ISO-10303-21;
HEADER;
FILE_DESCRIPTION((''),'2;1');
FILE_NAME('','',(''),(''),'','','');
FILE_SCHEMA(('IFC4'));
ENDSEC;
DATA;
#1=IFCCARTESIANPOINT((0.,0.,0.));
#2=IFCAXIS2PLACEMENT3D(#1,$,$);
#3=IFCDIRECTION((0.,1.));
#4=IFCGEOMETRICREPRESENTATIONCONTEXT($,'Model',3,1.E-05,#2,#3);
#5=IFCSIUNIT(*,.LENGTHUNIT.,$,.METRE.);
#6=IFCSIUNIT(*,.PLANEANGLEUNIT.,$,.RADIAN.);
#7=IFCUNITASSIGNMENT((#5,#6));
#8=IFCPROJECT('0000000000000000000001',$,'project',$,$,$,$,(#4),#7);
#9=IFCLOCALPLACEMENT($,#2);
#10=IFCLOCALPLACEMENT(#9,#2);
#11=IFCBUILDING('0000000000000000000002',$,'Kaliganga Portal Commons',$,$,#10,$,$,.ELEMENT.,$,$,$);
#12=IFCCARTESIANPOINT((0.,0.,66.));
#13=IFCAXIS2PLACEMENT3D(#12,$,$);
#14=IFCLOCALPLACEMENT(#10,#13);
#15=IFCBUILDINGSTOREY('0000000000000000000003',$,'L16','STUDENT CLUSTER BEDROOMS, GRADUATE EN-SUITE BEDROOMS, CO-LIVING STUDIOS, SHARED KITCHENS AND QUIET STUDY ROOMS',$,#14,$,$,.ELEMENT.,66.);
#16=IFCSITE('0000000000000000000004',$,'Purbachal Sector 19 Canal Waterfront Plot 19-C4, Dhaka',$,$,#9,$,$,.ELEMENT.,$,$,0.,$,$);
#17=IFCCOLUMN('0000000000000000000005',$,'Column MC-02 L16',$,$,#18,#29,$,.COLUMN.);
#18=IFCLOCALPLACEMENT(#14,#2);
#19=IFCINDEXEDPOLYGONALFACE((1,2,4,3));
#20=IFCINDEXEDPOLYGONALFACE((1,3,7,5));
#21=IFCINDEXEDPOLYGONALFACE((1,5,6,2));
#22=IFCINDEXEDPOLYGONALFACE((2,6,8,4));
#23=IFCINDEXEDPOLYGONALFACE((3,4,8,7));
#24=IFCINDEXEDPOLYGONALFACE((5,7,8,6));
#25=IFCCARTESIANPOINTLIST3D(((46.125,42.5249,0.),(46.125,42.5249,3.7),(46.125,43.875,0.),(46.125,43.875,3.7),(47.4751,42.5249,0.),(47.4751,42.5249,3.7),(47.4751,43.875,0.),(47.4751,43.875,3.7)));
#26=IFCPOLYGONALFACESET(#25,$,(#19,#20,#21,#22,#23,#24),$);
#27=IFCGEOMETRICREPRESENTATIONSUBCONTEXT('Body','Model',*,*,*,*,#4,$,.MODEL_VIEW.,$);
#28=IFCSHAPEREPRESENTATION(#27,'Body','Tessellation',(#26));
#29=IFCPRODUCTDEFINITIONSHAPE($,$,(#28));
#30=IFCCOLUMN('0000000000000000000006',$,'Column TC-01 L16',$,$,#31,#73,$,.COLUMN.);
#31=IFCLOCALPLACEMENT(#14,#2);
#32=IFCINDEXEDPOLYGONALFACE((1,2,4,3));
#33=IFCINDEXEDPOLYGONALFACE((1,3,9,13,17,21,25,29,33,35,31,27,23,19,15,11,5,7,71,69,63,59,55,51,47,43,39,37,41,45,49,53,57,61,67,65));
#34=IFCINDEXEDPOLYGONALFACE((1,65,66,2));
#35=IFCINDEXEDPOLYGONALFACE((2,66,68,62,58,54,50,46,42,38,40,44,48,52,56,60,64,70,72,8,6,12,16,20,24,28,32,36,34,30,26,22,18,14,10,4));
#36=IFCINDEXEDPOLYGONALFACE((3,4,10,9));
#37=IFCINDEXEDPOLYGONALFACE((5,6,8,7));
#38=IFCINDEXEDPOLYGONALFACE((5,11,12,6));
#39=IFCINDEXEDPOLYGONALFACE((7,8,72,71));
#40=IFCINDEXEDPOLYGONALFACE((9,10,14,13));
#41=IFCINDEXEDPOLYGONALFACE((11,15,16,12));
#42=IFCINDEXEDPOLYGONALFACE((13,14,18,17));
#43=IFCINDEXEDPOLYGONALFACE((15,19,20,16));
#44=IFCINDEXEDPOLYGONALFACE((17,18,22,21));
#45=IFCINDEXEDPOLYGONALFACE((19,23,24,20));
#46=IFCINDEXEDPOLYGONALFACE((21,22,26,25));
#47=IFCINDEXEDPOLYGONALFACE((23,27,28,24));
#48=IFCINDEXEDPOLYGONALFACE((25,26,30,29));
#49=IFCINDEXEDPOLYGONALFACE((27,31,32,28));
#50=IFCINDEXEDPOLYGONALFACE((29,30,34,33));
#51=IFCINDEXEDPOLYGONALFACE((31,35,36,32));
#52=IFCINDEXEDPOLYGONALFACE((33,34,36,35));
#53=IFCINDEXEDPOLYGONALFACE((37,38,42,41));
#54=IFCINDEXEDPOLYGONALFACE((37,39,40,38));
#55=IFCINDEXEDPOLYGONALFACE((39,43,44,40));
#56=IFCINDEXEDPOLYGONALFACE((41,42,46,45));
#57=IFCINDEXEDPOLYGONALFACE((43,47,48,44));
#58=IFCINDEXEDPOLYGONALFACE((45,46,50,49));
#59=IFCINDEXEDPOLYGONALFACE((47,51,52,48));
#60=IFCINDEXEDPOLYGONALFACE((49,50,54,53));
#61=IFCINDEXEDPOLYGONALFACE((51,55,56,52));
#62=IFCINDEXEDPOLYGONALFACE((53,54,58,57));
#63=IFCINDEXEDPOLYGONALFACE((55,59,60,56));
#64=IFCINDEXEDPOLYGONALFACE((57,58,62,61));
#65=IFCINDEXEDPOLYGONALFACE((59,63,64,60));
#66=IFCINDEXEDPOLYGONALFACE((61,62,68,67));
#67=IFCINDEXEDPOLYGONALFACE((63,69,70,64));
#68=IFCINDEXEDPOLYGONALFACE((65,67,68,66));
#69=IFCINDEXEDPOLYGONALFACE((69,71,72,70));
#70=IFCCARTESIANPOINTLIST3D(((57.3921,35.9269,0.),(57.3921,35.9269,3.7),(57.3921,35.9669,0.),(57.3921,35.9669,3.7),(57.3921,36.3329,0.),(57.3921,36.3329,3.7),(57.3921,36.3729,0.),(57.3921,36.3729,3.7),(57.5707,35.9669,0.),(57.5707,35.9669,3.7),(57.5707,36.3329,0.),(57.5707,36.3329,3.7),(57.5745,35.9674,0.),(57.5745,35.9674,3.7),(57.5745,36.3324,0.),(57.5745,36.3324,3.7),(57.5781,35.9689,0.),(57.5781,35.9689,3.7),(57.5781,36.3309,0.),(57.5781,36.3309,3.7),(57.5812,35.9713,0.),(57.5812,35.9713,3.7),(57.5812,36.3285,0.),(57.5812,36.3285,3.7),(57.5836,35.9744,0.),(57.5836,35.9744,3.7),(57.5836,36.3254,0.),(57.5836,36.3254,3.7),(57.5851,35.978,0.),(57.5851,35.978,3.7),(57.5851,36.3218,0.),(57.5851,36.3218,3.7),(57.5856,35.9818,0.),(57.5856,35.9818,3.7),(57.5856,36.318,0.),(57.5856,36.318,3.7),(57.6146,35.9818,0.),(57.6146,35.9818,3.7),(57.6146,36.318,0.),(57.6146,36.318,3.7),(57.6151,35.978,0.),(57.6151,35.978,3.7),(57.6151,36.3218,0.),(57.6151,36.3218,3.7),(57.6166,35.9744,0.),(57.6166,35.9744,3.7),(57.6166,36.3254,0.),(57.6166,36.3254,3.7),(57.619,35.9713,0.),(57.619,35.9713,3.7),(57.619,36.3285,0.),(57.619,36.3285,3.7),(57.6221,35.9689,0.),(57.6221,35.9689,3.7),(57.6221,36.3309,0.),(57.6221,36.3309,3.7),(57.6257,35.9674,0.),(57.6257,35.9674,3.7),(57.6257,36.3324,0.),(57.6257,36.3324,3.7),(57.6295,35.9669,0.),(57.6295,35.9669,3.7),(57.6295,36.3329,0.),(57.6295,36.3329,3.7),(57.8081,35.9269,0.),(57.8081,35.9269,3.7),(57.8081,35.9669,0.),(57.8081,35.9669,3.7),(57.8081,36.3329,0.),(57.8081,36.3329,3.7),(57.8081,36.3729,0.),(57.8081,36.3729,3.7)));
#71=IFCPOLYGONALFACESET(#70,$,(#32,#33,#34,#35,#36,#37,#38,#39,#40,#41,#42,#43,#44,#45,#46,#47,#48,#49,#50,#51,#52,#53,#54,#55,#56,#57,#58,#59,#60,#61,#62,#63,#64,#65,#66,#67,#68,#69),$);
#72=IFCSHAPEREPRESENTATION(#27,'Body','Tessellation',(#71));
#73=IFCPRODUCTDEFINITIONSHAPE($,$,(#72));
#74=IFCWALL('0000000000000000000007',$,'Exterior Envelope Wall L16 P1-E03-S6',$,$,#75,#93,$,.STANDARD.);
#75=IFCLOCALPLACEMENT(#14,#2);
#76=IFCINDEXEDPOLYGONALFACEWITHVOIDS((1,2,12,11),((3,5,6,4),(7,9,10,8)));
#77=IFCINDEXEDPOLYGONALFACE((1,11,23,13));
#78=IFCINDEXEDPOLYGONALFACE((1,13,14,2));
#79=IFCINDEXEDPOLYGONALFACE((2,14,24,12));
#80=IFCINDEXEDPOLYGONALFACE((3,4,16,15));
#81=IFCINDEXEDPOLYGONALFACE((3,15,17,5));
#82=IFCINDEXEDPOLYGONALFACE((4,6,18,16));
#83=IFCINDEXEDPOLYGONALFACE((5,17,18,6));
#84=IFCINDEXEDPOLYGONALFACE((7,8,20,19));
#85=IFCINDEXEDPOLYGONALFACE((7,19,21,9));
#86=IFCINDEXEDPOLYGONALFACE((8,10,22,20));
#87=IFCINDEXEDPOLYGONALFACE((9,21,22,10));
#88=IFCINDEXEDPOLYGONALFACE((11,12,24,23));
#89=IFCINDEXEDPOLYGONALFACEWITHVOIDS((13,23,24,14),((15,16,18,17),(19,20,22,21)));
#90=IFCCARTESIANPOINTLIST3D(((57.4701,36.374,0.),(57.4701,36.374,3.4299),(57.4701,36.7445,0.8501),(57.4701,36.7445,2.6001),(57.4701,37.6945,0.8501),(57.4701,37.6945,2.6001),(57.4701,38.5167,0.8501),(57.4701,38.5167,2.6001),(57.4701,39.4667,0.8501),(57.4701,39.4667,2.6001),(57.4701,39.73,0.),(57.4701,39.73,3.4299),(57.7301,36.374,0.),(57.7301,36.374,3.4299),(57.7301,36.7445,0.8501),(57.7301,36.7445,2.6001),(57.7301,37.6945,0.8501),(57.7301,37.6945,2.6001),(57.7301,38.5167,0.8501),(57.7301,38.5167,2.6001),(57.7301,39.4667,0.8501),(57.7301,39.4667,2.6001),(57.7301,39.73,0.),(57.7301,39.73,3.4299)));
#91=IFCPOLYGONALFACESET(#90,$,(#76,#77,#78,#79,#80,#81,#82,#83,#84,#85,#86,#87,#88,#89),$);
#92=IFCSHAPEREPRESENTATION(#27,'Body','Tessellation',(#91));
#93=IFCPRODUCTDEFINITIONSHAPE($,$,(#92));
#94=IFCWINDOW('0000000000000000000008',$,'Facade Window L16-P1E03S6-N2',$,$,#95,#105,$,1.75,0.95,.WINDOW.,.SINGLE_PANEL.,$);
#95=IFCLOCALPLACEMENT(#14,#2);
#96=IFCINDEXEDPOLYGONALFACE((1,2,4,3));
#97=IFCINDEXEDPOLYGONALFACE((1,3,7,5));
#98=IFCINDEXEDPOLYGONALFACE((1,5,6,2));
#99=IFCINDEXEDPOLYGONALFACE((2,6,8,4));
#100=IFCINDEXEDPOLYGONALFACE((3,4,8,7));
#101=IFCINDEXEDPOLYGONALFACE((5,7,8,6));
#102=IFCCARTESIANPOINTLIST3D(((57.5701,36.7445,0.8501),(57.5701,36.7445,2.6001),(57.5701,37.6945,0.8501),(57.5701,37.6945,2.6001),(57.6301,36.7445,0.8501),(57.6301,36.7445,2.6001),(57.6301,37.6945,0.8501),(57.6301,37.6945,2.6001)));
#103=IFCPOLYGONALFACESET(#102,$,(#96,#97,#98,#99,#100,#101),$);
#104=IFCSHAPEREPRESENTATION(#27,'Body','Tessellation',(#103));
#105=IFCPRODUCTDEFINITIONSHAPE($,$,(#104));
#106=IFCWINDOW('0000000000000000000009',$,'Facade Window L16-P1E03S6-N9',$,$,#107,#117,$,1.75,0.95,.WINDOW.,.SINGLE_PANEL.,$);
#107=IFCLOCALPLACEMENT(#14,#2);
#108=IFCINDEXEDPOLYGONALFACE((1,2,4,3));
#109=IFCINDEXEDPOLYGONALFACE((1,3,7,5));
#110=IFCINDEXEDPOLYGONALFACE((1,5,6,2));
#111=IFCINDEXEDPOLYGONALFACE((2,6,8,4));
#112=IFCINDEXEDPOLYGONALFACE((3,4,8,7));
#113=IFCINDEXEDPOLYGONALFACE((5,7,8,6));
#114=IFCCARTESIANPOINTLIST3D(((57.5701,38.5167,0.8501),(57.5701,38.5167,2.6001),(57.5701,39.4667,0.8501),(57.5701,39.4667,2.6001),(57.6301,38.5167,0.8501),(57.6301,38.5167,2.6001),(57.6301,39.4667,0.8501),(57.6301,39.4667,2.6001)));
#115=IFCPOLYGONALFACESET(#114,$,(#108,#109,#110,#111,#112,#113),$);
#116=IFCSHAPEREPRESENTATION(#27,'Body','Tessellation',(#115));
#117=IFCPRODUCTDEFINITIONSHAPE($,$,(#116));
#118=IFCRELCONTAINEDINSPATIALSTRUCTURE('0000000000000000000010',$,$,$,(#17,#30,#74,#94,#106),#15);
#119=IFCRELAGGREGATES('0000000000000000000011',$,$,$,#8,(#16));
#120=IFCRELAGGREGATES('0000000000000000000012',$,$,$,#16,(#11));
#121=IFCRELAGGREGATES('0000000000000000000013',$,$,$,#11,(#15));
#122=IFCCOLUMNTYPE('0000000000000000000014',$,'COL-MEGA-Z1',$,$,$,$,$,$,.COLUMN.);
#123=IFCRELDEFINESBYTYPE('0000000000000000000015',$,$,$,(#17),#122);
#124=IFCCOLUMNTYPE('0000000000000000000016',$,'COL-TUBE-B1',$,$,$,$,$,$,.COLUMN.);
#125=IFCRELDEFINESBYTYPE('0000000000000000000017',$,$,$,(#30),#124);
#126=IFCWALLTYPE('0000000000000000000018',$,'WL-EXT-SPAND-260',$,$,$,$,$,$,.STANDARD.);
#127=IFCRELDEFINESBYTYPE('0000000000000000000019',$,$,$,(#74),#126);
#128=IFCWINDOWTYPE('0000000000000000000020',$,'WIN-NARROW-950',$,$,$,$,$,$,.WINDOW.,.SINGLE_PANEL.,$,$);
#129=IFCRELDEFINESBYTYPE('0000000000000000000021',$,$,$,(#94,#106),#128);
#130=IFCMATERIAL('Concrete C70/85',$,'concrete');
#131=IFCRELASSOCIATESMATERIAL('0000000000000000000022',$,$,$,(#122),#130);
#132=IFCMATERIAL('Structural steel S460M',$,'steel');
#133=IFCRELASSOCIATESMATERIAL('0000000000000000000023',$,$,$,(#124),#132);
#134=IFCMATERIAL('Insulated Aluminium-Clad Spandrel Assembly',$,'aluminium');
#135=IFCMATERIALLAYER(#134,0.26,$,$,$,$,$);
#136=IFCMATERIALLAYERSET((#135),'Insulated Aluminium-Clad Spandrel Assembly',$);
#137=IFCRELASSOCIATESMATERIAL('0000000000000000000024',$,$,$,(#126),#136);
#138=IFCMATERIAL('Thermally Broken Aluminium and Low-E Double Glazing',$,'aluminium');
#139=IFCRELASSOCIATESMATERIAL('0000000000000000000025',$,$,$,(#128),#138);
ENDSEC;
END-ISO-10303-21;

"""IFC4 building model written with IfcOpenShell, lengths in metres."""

from ifc_helpers import new_model, si_unit, direction, frame, frame_2d, origin, origin_2d, place, context, subcontext, project, spatial, rectangle, i_section, extrude, source, transform, mapped, material, layer, layer_set, material_profile, profile_set, type_object, element, fill, save


model = new_model("IFC4")

# Units and contexts
model_context = context("Model", 3, precision=1e-05, world=origin(), true_north=direction((0.0, 1.0)))
body_context = subcontext(model_context, "Body", "Model", "MODEL_VIEW")
ifc_project = project(units=[si_unit("LENGTHUNIT", "METRE"), si_unit("PLANEANGLEUNIT", "RADIAN")], contexts=[model_context])

# Site, building, storey
site_placement = place(None, origin())
site = spatial("IfcSite", under=ifc_project, at=site_placement, Name="Purbachal Sector 19 Canal Waterfront Plot 19-C4, Dhaka", CompositionType="ELEMENT", RefElevation=0.0)
building_placement = place(site_placement, origin())
building = spatial("IfcBuilding", under=site, at=building_placement, Name="Kaliganga Portal Commons", CompositionType="ELEMENT")
storey_placement = place(building_placement, frame((0.0, 0.0, 66.0)))
storey = spatial("IfcBuildingStorey", under=building, at=storey_placement, Name="L16", Description="STUDENT CLUSTER BEDROOMS, GRADUATE EN-SUITE BEDROOMS, CO-LIVING STUDIOS, SHARED KITCHENS AND QUIET STUDY ROOMS", CompositionType="ELEMENT", Elevation=66.0)

# Columns
ifc_material_1 = material(Name="Concrete C70/85", Category="concrete")
ifc_material_profile_1 = material_profile(ifc_material_1, rectangle(XDim=1.3501, YDim=1.3501, at=origin_2d()), Name="RC 1350x1350")
ifc_profile_set_1 = profile_set([ifc_material_profile_1], Name="Concrete C70/85")
column_type_1 = type_object("IfcColumnType", Name="COL-MEGA-Z1", PredefinedType="COLUMN", material=ifc_profile_set_1)
shared_shape_1 = source(origin(), body_context, "Body", "SweptSolid", [
    extrude(rectangle(XDim=1.3501, YDim=1.3501, at=origin_2d()), origin(), (0.0, 0.0, 1.0), 3.7),
])
column_1_placement = place(storey_placement, frame((46.8, 43.2, 0.0), z_axis=(0.0, 0.0, 1.0), x_axis=(1.0, 0.0, 0.0)))
element("IfcColumn", 1, at=column_1_placement, inside=storey, type_object=column_type_1, Name="Column MC-02 L16", PredefinedType="COLUMN", context=body_context, shape_type="MappedRepresentation", body=[
    mapped(shared_shape_1, transform((0.0, 0.0, 0.0), x_axis=(1.0, 0.0, 0.0), y_axis=(0.0, 1.0, 0.0), z_axis=(0.0, 0.0, 1.0), scale=1.0)),
])
ifc_material_2 = material(Name="Structural steel S460M", Category="steel")
ifc_material_profile_2 = material_profile(ifc_material_2, i_section(OverallWidth=0.416, OverallDepth=0.446, WebThickness=0.0291, FlangeThickness=0.04, FilletRadius=0.0149, at=origin_2d()), Name="HD 400x509")
ifc_profile_set_2 = profile_set([ifc_material_profile_2], Name="Structural steel S460M wide-flange")
column_type_2 = type_object("IfcColumnType", Name="COL-TUBE-B1", PredefinedType="COLUMN", material=ifc_profile_set_2)
shared_shape_2 = source(origin(), body_context, "Body", "SweptSolid", [
    extrude(i_section(OverallWidth=0.416, OverallDepth=0.446, WebThickness=0.0291, FlangeThickness=0.04, FilletRadius=0.0149, at=origin_2d()), origin(), (0.0, 0.0, 1.0), 3.7),
])
column_2_placement = place(storey_placement, frame((57.6001, 36.1499, 0.0), z_axis=(0.0, 0.0, 1.0), x_axis=(1.0, 0.0, 0.0)))
element("IfcColumn", 2, at=column_2_placement, inside=storey, type_object=column_type_2, Name="Column TC-01 L16", PredefinedType="COLUMN", context=body_context, shape_type="MappedRepresentation", body=[
    mapped(shared_shape_2, transform((0.0, 0.0, 0.0), x_axis=(1.0, 0.0, 0.0), y_axis=(0.0, 1.0, 0.0), z_axis=(0.0, 0.0, 1.0), scale=1.0)),
])

# Wall, openings, windows
ifc_material_3 = material(Name="Insulated Aluminium-Clad Spandrel Assembly", Category="aluminium")
ifc_layer_1 = layer(ifc_material_3, 0.26)
ifc_layer_set_1 = layer_set([ifc_layer_1], Name="Insulated Aluminium-Clad Spandrel Assembly")
wall_type_1 = type_object("IfcWallType", Name="WL-EXT-SPAND-260", PredefinedType="STANDARD", material=ifc_layer_set_1)
wall_1_placement = place(storey_placement, frame((57.6001, 39.73, 0.0), z_axis=(0.0, 0.0, 1.0), x_axis=(0.0, -1.0, 0.0)))
wall_1 = element("IfcWall", 3, at=wall_1_placement, inside=storey, type_object=wall_type_1, Name="Exterior Envelope Wall L16 P1-E03-S6", PredefinedType="STANDARD", context=body_context, shape_type="SweptSolid", body=[
    extrude(rectangle(XDim=3.356, YDim=0.26, at=frame_2d((1.678, 0.0))), origin(), (0.0, 0.0, 1.0), 3.4299),
])
opening_1_placement = place(wall_1_placement, frame((2.0354, 0.0, 0.8501)))
opening_1 = element("IfcOpeningElement", 4, at=opening_1_placement, cuts=wall_1, PredefinedType="OPENING", context=body_context, shape_type="SweptSolid", body=[
    extrude(rectangle(XDim=0.95, YDim=1.75, at=frame_2d((0.4751, 0.875))), frame((0.0, 0.1401, 0.0), z_axis=(0.0, -1.0, 0.0), x_axis=(1.0, 0.0, 0.0)), (0.0, 0.0, 1.0), 0.28),
])
opening_2_placement = place(wall_1_placement, frame((0.2632, 0.0, 0.8501)))
opening_2 = element("IfcOpeningElement", 5, at=opening_2_placement, cuts=wall_1, PredefinedType="OPENING", context=body_context, shape_type="SweptSolid", body=[
    extrude(rectangle(XDim=0.95, YDim=1.75, at=frame_2d((0.4751, 0.875))), frame((0.0, 0.1401, 0.0), z_axis=(0.0, -1.0, 0.0), x_axis=(1.0, 0.0, 0.0)), (0.0, 0.0, 1.0), 0.28),
])
ifc_material_4 = material(Name="Thermally Broken Aluminium and Low-E Double Glazing", Category="aluminium")
window_type_1 = type_object("IfcWindowType", Name="WIN-NARROW-950", PartitioningType="SINGLE_PANEL", PredefinedType="WINDOW", material=ifc_material_4)
window_1_placement = place(opening_1_placement, origin())
window_1 = element("IfcWindow", 6, at=window_1_placement, inside=storey, type_object=window_type_1, Name="Facade Window L16-P1E03S6-N2", OverallHeight=1.75, OverallWidth=0.95, PartitioningType="SINGLE_PANEL", PredefinedType="WINDOW", context=body_context, shape_type="SweptSolid", body=[
    extrude(rectangle(XDim=0.95, YDim=1.75, at=frame_2d((0.4751, 0.875))), frame((0.0, 0.03, 0.0), z_axis=(0.0, -1.0, 0.0), x_axis=(1.0, 0.0, 0.0)), (0.0, 0.0, 1.0), 0.0601),
])
fill(opening_1, window_1)
window_2_placement = place(opening_2_placement, origin())
window_2 = element("IfcWindow", 7, at=window_2_placement, inside=storey, type_object=window_type_1, Name="Facade Window L16-P1E03S6-N9", OverallHeight=1.75, OverallWidth=0.95, PartitioningType="SINGLE_PANEL", PredefinedType="WINDOW", context=body_context, shape_type="SweptSolid", body=[
    extrude(rectangle(XDim=0.95, YDim=1.75, at=frame_2d((0.4751, 0.875))), frame((0.0, 0.03, 0.0), z_axis=(0.0, -1.0, 0.0), x_axis=(1.0, 0.0, 0.0)), (0.0, 0.0, 1.0), 0.0601),
])
fill(opening_2, window_2)

save(model, "model.ifc")
